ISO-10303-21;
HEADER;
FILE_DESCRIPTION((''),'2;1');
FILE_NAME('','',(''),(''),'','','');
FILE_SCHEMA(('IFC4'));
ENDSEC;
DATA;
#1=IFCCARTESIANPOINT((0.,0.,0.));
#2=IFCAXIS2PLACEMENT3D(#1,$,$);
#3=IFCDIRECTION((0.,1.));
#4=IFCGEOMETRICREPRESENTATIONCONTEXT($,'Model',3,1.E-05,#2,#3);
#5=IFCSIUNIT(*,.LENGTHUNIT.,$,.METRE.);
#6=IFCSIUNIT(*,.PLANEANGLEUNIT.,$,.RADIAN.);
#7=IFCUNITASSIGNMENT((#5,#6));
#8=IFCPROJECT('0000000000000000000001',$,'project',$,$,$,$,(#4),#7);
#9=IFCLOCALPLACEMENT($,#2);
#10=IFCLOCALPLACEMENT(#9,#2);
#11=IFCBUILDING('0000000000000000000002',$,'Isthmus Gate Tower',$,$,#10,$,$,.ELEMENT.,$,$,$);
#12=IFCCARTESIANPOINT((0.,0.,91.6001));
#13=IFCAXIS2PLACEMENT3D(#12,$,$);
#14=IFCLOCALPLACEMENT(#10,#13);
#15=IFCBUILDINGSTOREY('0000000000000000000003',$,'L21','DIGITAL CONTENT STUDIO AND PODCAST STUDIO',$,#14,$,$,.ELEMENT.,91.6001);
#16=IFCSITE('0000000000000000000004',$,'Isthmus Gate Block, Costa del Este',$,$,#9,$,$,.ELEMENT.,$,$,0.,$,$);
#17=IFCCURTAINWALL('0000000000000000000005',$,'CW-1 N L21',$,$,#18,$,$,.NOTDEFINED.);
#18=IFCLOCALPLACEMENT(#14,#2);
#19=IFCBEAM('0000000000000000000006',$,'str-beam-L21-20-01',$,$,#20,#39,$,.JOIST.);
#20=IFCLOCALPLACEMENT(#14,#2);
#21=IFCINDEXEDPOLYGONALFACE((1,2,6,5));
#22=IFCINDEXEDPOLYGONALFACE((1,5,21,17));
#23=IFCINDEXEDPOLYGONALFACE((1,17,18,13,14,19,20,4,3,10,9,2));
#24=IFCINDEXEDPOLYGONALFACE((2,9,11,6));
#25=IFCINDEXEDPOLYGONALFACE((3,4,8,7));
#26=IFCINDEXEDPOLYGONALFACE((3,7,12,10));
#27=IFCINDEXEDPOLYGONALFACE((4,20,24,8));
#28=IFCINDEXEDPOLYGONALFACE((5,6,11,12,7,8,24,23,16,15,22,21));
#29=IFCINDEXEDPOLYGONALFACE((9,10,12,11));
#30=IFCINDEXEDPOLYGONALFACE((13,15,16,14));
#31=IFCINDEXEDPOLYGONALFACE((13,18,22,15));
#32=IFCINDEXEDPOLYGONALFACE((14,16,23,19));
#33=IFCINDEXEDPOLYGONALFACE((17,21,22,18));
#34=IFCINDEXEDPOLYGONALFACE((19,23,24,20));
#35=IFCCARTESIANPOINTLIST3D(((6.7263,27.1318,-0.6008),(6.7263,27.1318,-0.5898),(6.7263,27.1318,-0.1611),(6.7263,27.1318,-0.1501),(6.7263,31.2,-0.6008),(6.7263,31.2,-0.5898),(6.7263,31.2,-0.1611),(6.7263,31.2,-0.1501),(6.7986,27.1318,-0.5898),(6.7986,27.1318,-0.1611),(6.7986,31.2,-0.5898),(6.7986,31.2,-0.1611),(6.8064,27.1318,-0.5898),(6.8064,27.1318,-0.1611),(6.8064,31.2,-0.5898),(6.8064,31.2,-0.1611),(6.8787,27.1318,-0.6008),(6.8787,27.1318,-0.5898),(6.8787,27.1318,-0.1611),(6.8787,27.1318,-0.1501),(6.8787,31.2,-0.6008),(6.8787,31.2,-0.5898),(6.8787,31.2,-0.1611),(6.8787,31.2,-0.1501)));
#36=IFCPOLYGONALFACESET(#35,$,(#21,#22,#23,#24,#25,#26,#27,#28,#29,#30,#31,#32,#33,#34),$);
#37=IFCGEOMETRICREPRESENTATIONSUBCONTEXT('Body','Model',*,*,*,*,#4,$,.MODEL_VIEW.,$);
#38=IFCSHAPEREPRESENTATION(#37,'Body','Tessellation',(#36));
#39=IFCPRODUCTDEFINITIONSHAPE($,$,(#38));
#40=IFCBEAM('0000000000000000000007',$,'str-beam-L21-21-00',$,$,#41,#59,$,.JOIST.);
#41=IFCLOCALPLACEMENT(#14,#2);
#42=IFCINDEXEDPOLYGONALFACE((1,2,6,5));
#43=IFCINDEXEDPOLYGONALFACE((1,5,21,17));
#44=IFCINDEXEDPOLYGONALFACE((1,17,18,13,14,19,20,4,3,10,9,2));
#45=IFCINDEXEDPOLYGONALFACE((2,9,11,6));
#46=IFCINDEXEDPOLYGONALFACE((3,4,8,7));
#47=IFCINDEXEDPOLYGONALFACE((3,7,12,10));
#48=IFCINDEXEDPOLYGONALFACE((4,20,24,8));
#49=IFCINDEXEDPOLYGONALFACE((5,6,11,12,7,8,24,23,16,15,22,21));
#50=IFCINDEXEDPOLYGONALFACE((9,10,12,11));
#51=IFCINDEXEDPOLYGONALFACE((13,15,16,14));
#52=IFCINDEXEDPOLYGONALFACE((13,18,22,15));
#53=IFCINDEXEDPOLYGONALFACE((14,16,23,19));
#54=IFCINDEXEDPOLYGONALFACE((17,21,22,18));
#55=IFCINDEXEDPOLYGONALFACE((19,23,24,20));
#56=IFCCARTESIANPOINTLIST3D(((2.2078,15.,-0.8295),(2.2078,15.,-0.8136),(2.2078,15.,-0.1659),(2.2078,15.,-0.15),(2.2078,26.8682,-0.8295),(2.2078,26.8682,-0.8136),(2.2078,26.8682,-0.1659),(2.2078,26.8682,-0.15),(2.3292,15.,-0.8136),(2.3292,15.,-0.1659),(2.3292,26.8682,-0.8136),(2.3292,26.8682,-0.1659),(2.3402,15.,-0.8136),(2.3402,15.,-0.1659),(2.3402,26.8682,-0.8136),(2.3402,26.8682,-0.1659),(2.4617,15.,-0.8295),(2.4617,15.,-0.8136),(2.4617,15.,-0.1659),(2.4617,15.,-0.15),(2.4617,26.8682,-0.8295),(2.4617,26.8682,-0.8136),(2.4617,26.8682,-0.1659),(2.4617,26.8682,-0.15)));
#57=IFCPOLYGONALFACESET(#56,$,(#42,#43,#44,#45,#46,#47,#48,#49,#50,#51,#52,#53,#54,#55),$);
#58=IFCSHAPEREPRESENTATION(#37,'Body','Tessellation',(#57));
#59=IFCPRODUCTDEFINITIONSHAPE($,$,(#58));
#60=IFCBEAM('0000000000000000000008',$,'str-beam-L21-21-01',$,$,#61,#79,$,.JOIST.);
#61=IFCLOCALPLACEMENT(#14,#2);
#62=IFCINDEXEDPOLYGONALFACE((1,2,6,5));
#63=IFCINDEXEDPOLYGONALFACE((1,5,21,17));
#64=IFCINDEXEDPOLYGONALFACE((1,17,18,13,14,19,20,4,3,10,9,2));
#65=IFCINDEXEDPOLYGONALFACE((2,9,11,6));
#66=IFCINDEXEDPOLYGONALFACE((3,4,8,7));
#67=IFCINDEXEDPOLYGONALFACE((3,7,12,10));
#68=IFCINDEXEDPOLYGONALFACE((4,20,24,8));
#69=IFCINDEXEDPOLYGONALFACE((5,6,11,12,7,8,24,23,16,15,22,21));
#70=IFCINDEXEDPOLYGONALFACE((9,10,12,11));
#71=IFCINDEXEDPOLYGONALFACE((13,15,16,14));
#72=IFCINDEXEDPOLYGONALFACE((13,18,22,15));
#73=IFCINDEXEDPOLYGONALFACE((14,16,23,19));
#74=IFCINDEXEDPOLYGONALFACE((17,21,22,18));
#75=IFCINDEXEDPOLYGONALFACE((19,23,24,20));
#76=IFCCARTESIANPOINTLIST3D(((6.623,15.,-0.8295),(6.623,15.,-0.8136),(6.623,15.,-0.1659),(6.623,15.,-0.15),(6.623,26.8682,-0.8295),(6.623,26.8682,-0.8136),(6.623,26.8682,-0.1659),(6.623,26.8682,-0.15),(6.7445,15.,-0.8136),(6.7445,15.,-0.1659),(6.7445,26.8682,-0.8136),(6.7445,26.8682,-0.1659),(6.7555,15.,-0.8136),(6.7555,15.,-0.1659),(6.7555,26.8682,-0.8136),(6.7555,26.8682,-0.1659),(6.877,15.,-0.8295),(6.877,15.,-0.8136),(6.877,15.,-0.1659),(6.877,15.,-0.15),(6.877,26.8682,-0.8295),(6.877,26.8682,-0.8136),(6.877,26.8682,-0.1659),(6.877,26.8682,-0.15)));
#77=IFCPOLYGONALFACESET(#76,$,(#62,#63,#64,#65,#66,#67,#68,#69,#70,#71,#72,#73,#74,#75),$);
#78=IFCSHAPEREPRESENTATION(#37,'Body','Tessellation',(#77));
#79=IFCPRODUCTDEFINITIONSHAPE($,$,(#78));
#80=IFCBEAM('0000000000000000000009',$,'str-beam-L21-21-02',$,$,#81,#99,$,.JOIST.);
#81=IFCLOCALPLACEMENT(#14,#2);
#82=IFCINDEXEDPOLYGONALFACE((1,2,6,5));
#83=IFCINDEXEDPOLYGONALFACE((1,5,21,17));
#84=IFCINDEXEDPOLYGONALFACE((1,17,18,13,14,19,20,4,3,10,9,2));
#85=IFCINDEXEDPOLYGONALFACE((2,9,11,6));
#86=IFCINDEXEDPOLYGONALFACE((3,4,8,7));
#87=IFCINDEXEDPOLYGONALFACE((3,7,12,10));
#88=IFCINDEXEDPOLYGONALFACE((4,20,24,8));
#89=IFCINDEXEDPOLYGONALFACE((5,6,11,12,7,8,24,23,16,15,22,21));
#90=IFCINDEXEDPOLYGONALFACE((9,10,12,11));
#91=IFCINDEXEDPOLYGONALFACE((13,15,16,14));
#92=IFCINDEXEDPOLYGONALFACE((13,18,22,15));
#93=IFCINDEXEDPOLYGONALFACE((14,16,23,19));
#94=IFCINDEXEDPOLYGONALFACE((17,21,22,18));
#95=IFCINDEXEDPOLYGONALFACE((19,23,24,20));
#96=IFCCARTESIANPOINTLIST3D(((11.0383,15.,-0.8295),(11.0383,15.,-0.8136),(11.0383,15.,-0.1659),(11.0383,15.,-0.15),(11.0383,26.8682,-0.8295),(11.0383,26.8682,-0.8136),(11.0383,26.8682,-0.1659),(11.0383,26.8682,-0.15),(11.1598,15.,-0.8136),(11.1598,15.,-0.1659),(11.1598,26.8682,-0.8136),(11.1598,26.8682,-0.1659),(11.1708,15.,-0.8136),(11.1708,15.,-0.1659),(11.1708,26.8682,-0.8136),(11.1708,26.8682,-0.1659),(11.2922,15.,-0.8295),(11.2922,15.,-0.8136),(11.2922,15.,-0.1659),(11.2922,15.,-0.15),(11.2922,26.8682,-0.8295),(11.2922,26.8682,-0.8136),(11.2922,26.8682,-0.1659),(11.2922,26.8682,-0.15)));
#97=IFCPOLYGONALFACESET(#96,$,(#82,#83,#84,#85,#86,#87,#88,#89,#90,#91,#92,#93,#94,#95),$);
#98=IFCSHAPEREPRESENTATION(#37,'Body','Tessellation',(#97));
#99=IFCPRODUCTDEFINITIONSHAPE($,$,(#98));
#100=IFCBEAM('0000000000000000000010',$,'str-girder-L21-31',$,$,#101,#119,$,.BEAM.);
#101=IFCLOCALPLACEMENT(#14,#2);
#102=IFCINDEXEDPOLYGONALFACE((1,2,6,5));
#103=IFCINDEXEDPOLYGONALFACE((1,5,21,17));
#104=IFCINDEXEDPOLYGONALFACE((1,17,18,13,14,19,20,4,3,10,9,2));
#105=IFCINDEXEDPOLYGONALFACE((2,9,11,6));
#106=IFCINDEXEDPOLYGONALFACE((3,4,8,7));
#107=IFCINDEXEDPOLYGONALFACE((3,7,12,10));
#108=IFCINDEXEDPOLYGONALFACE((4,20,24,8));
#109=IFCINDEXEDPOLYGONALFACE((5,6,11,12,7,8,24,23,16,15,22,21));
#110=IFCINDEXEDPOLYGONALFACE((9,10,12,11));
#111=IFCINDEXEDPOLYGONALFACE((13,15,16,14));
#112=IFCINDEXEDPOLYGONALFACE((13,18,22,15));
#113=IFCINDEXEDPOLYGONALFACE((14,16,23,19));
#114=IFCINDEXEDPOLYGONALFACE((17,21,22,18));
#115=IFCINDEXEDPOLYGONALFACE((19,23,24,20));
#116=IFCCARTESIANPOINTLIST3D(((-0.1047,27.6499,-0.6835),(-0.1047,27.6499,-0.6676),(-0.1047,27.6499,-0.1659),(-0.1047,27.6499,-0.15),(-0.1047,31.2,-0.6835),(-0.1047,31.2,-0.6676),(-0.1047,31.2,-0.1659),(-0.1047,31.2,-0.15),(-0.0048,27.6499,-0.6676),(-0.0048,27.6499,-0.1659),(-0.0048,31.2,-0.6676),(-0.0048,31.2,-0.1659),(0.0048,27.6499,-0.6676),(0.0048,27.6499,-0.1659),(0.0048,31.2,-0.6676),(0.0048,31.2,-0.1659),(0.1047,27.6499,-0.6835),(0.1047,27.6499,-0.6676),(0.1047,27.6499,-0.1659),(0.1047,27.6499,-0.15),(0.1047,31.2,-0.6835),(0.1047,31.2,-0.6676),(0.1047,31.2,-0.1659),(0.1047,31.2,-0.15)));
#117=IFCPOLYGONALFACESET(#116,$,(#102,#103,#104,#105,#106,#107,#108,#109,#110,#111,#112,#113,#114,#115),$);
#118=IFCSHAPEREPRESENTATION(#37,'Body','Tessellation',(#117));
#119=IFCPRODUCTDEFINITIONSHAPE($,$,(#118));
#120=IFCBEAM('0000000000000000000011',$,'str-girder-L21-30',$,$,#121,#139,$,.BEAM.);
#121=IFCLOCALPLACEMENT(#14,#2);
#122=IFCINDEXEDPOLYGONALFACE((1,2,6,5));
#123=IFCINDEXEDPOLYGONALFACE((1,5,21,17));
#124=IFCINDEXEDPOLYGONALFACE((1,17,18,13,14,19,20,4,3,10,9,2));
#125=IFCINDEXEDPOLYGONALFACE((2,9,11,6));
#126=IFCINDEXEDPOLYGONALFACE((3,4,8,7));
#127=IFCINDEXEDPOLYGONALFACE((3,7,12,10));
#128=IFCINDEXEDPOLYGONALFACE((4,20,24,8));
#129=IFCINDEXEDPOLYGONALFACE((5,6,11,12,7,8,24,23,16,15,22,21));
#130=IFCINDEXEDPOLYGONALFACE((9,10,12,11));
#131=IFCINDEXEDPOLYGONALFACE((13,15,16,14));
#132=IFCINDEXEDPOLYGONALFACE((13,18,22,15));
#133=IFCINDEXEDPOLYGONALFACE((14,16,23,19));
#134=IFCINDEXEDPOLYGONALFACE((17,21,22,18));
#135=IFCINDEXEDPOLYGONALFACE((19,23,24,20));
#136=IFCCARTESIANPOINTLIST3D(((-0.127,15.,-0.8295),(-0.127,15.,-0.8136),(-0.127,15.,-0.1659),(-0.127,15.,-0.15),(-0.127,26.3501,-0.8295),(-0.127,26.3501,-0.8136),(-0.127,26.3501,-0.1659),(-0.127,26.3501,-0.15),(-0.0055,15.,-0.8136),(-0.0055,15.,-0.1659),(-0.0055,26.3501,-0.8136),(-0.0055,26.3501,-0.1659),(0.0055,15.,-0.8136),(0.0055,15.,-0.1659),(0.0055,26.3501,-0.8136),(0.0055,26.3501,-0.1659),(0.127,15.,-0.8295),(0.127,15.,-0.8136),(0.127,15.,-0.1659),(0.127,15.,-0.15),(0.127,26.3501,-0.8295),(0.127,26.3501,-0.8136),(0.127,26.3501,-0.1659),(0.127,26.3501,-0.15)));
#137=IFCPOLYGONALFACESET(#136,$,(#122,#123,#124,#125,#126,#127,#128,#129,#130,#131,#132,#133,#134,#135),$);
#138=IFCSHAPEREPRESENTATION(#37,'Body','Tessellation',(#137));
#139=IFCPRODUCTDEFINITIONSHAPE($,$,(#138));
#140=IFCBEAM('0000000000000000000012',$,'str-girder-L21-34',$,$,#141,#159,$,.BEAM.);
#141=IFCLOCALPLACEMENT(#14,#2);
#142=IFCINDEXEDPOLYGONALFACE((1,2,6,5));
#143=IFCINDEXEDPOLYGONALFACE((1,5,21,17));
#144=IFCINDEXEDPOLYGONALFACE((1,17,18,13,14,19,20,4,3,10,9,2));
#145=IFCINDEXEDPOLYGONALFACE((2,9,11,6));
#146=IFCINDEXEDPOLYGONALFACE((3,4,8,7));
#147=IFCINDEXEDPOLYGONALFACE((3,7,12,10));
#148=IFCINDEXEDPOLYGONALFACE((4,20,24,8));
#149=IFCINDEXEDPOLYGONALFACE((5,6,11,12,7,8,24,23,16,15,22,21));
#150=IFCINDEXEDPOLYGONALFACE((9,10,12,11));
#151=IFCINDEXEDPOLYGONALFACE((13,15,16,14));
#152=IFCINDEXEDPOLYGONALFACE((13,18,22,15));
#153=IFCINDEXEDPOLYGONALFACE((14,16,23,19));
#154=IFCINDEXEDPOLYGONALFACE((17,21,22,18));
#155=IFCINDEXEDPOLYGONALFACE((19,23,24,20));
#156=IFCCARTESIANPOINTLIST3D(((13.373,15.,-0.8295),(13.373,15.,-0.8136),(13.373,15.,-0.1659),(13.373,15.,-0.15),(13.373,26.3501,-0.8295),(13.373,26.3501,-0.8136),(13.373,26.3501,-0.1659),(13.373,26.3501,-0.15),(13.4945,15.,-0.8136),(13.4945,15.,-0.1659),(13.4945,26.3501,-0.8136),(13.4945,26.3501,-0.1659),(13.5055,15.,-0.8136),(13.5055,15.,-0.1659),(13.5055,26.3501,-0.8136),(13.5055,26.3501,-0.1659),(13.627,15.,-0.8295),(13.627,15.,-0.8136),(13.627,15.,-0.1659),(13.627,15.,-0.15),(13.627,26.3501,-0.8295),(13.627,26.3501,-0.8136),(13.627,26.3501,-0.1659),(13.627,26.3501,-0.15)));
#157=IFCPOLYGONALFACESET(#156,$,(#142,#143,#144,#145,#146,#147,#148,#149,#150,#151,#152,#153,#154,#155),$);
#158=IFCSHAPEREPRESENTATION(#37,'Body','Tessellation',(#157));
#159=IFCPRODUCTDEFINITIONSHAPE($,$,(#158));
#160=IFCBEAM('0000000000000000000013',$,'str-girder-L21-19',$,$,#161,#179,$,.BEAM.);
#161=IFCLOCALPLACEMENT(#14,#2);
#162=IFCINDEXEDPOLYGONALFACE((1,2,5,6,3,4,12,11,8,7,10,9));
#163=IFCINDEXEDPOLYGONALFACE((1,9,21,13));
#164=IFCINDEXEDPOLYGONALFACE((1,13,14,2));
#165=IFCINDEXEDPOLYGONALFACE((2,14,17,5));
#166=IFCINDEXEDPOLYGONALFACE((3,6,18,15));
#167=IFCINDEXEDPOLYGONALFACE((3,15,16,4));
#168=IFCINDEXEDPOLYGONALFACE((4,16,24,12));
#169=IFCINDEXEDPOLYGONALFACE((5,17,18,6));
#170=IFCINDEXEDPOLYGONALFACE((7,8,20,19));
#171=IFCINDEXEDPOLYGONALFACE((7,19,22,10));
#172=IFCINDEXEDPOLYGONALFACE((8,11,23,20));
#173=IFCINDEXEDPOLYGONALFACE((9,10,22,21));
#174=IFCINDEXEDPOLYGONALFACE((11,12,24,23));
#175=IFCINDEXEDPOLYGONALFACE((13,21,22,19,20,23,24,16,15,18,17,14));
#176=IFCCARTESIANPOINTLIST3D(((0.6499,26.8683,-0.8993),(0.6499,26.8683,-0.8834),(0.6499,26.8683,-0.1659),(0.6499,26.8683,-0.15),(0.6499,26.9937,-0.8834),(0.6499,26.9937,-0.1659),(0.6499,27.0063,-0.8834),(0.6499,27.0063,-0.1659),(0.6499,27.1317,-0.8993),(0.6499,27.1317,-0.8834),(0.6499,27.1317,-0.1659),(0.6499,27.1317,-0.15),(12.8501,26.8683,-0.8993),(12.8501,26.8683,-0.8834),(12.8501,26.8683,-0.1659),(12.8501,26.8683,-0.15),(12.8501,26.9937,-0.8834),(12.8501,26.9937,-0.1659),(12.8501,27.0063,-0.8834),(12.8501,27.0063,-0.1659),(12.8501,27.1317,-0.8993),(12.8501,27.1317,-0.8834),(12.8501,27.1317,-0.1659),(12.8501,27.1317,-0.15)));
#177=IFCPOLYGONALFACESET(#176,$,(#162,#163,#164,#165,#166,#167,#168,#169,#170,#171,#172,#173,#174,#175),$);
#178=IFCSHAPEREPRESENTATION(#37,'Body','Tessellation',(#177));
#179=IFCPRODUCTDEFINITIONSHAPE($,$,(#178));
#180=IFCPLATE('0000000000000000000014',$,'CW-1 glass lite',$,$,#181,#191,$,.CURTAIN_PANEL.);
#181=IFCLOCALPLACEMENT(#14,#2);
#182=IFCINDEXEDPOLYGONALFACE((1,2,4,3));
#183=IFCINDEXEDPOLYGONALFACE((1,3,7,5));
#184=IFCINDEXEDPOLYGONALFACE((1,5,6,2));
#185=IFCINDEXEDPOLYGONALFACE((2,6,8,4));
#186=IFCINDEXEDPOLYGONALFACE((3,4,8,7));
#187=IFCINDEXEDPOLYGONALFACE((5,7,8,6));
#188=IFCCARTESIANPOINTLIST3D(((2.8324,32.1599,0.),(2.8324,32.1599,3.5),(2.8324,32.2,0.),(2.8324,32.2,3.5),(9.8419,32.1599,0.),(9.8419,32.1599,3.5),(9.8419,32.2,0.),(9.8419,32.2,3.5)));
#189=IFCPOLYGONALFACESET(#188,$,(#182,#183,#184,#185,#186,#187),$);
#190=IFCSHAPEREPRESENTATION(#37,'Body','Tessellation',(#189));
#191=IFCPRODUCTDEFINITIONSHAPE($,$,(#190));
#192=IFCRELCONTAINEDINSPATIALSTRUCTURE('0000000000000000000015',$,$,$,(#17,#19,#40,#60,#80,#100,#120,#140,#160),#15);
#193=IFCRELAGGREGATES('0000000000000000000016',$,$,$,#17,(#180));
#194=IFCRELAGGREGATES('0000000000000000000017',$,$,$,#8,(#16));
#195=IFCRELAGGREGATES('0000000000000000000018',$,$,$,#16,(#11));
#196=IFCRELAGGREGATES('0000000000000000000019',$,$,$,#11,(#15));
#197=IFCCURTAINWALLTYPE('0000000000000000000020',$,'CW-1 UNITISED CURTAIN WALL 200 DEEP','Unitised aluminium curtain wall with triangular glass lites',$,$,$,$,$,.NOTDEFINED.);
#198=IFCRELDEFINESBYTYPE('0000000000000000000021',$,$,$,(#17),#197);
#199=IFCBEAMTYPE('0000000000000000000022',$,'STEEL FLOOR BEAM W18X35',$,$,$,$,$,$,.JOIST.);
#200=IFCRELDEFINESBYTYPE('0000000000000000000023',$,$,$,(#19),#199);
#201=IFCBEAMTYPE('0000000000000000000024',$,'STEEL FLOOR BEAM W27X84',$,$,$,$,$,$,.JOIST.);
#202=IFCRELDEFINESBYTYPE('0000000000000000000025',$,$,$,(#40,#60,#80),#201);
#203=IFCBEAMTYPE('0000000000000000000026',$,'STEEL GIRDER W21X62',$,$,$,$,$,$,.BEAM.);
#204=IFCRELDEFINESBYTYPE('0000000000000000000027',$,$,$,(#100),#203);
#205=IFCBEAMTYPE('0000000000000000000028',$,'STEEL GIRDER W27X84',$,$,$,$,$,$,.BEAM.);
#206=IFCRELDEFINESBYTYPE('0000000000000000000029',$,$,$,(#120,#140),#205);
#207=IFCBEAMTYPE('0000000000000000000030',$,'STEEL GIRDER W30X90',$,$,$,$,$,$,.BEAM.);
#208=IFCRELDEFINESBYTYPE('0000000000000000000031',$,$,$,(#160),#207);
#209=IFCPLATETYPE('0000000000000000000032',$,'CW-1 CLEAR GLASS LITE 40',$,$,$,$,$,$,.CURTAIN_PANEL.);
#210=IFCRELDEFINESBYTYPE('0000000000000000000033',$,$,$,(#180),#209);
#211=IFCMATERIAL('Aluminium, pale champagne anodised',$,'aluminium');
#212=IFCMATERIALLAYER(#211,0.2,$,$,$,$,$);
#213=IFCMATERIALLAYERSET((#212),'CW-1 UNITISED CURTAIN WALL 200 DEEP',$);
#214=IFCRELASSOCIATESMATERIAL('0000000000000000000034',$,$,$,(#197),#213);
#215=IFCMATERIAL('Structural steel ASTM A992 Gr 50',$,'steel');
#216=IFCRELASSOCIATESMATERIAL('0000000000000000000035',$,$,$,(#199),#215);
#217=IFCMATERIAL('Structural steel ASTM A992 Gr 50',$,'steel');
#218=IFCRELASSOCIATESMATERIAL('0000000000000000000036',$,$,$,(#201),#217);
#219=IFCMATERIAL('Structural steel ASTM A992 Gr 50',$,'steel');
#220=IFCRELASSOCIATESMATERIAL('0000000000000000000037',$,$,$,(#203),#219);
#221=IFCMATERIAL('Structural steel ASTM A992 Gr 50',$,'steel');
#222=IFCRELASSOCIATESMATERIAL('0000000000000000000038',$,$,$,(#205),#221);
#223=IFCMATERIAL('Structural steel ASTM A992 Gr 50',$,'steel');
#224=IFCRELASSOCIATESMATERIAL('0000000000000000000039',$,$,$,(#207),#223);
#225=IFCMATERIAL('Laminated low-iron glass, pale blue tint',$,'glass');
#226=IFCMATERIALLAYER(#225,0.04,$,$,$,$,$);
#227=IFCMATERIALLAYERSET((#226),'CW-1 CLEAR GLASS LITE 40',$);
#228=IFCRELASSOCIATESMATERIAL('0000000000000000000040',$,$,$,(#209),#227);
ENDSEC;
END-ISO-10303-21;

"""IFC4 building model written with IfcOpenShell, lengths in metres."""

from ifc_helpers import new_model, si_unit, direction, frame, origin, origin_2d, place, context, subcontext, project, spatial, rectangle, i_section, extrude, material, layer, layer_set, material_profile, profile_set, type_object, element, aggregate, save


model = new_model("IFC4")

# Units and contexts
model_context = context("Model", 3, precision=1e-05, world=origin(), true_north=direction((0.0, 1.0)))
body_context = subcontext(model_context, "Body", "Model", "MODEL_VIEW")
ifc_project = project(units=[si_unit("LENGTHUNIT", "METRE"), si_unit("PLANEANGLEUNIT", "RADIAN")], contexts=[model_context])

# Site, building, storey
site_placement = place(None, origin())
site = spatial("IfcSite", under=ifc_project, at=site_placement, Name="Isthmus Gate Block, Costa del Este", CompositionType="ELEMENT", RefElevation=0.0)
building_placement = place(site_placement, origin())
building = spatial("IfcBuilding", under=site, at=building_placement, Name="Isthmus Gate Tower", CompositionType="ELEMENT")
storey_placement = place(building_placement, frame((0.0, 0.0, 91.6001)))
storey = spatial("IfcBuildingStorey", under=building, at=storey_placement, Name="L21", Description="DIGITAL CONTENT STUDIO AND PODCAST STUDIO", CompositionType="ELEMENT", Elevation=91.6001)

# Curtain wall
ifc_material_1 = material(Name="Aluminium, pale champagne anodised", Category="aluminium")
ifc_layer_1 = layer(ifc_material_1, 0.2)
ifc_layer_set_1 = layer_set([ifc_layer_1], Name="CW-1 UNITISED CURTAIN WALL 200 DEEP")
curtain_wall_type = type_object("IfcCurtainWallType", Name="CW-1 UNITISED CURTAIN WALL 200 DEEP", Description="Unitised aluminium curtain wall with triangular glass lites", PredefinedType="NOTDEFINED", material=ifc_layer_set_1)
curtain_wall_1_placement = place(storey_placement, origin())
curtain_wall_1 = element("IfcCurtainWall", 1, at=curtain_wall_1_placement, inside=storey, type_object=curtain_wall_type, Name="CW-1 N L21", PredefinedType="NOTDEFINED")

# Beams
ifc_material_2 = material(Name="Structural steel ASTM A992 Gr 50", Category="steel")
ifc_material_profile_1 = material_profile(ifc_material_2, i_section(OverallWidth=0.1523, OverallDepth=0.4507, WebThickness=0.0078, FlangeThickness=0.011, at=origin_2d()), Name="W18X35")
ifc_profile_set_1 = profile_set([ifc_material_profile_1], Name="Structural steel ASTM A992 Gr 50")
beam_type_1 = type_object("IfcBeamType", Name="STEEL FLOOR BEAM W18X35", PredefinedType="JOIST", material=ifc_profile_set_1)
beam_1_placement = place(storey_placement, frame((6.8025, 27.1318, -0.3755), z_axis=(0.0, 1.0, 0.0), x_axis=(-1.0, 0.0, 0.0)))
element("IfcBeam", 2, at=beam_1_placement, inside=storey, type_object=beam_type_1, Name="str-beam-L21-20-01", PredefinedType="JOIST", context=body_context, shape_type="SweptSolid", body=[
    extrude(i_section(OverallWidth=0.1523, OverallDepth=0.4507, WebThickness=0.0078, FlangeThickness=0.011, at=origin_2d()), origin(), (0.0, 0.0, 1.0), 4.0681),
])
ifc_material_3 = material(Name="Structural steel ASTM A992 Gr 50", Category="steel")
ifc_material_profile_2 = material_profile(ifc_material_3, i_section(OverallWidth=0.2539, OverallDepth=0.6794, WebThickness=0.011, FlangeThickness=0.0159, at=origin_2d()), Name="W27X84")
ifc_profile_set_2 = profile_set([ifc_material_profile_2], Name="Structural steel ASTM A992 Gr 50")
beam_type_2 = type_object("IfcBeamType", Name="STEEL FLOOR BEAM W27X84", PredefinedType="JOIST", material=ifc_profile_set_2)
for number, where, z_axis, x_axis, name in (
    (3, (2.3347, 15.0, -0.4897), (0.0, 1.0, 0.0), (-1.0, 0.0, 0.0), "str-beam-L21-21-00"),
    (4, (6.75, 15.0, -0.4897), (0.0, 1.0, 0.0), (-1.0, 0.0, 0.0), "str-beam-L21-21-01"),
    (5, (11.1653, 15.0, -0.4897), (0.0, 1.0, 0.0), (-1.0, 0.0, 0.0), "str-beam-L21-21-02"),
):
    element("IfcBeam", number, at=place(storey_placement, frame(where, z_axis=z_axis, x_axis=x_axis)), inside=storey, type_object=beam_type_2, Name=name, PredefinedType="JOIST", context=body_context, shape_type="SweptSolid", body=[
        extrude(i_section(OverallWidth=0.2539, OverallDepth=0.6794, WebThickness=0.011, FlangeThickness=0.0159, at=origin_2d()), origin(), (0.0, 0.0, 1.0), 11.8682),
    ])
ifc_material_4 = material(Name="Structural steel ASTM A992 Gr 50", Category="steel")
ifc_material_profile_3 = material_profile(ifc_material_4, i_section(OverallWidth=0.2095, OverallDepth=0.5334, WebThickness=0.0095, FlangeThickness=0.0159, at=origin_2d()), Name="W21X62")
ifc_profile_set_3 = profile_set([ifc_material_profile_3], Name="Structural steel ASTM A992 Gr 50")
beam_type_3 = type_object("IfcBeamType", Name="STEEL GIRDER W21X62", PredefinedType="BEAM", material=ifc_profile_set_3)
beam_2_placement = place(storey_placement, frame((0.0, 27.6499, -0.4167), z_axis=(0.0, 1.0, 0.0), x_axis=(-1.0, 0.0, 0.0)))
element("IfcBeam", 6, at=beam_2_placement, inside=storey, type_object=beam_type_3, Name="str-girder-L21-31", PredefinedType="BEAM", context=body_context, shape_type="SweptSolid", body=[
    extrude(i_section(OverallWidth=0.2095, OverallDepth=0.5334, WebThickness=0.0095, FlangeThickness=0.0159, at=origin_2d()), origin(), (0.0, 0.0, 1.0), 3.55),
])
ifc_material_5 = material(Name="Structural steel ASTM A992 Gr 50", Category="steel")
ifc_material_profile_4 = material_profile(ifc_material_5, i_section(OverallWidth=0.2539, OverallDepth=0.6794, WebThickness=0.011, FlangeThickness=0.0159, at=origin_2d()), Name="W27X84")
ifc_profile_set_4 = profile_set([ifc_material_profile_4], Name="Structural steel ASTM A992 Gr 50")
beam_type_4 = type_object("IfcBeamType", Name="STEEL GIRDER W27X84", PredefinedType="BEAM", material=ifc_profile_set_4)
for number, where, z_axis, x_axis, name in (
    (7, (0.0, 15.0, -0.4897), (0.0, 1.0, 0.0), (-1.0, 0.0, 0.0), "str-girder-L21-30"),
    (8, (13.5, 15.0, -0.4897), (0.0, 1.0, 0.0), (-1.0, 0.0, 0.0), "str-girder-L21-34"),
):
    element("IfcBeam", number, at=place(storey_placement, frame(where, z_axis=z_axis, x_axis=x_axis)), inside=storey, type_object=beam_type_4, Name=name, PredefinedType="BEAM", context=body_context, shape_type="SweptSolid", body=[
        extrude(i_section(OverallWidth=0.2539, OverallDepth=0.6794, WebThickness=0.011, FlangeThickness=0.0159, at=origin_2d()), origin(), (0.0, 0.0, 1.0), 11.3501),
    ])
ifc_material_6 = material(Name="Structural steel ASTM A992 Gr 50", Category="steel")
ifc_material_profile_5 = material_profile(ifc_material_6, i_section(OverallWidth=0.2634, OverallDepth=0.7493, WebThickness=0.0127, FlangeThickness=0.0159, at=origin_2d()), Name="W30X90")
ifc_profile_set_5 = profile_set([ifc_material_profile_5], Name="Structural steel ASTM A992 Gr 50")
beam_type_5 = type_object("IfcBeamType", Name="STEEL GIRDER W30X90", PredefinedType="BEAM", material=ifc_profile_set_5)
beam_3_placement = place(storey_placement, frame((0.6499, 27.0, -0.5247), z_axis=(1.0, 0.0, 0.0), x_axis=(0.0, 1.0, 0.0)))
element("IfcBeam", 9, at=beam_3_placement, inside=storey, type_object=beam_type_5, Name="str-girder-L21-19", PredefinedType="BEAM", context=body_context, shape_type="SweptSolid", body=[
    extrude(i_section(OverallWidth=0.2634, OverallDepth=0.7493, WebThickness=0.0127, FlangeThickness=0.0159, at=origin_2d()), origin(), (0.0, 0.0, 1.0), 12.2002),
])

# Plate
ifc_material_7 = material(Name="Laminated low-iron glass, pale blue tint", Category="glass")
ifc_layer_2 = layer(ifc_material_7, 0.04)
ifc_layer_set_2 = layer_set([ifc_layer_2], Name="CW-1 CLEAR GLASS LITE 40")
plate_type = type_object("IfcPlateType", Name="CW-1 CLEAR GLASS LITE 40", PredefinedType="CURTAIN_PANEL", material=ifc_layer_set_2)
plate_1_placement = place(storey_placement, frame((6.3372, 32.1799, 0.0), z_axis=(0.0, 0.0, 1.0), x_axis=(-1.0, 0.0, 0.0)))
plate_1 = element("IfcPlate", 10, at=plate_1_placement, type_object=plate_type, Name="CW-1 glass lite", PredefinedType="CURTAIN_PANEL", context=body_context, shape_type="SweptSolid", body=[
    extrude(rectangle(XDim=7.0095, YDim=0.04, at=origin_2d()), origin(), (0.0, 0.0, 1.0), 3.5),
])
aggregate(curtain_wall_1, [plate_1])

save(model, "model.ifc")
